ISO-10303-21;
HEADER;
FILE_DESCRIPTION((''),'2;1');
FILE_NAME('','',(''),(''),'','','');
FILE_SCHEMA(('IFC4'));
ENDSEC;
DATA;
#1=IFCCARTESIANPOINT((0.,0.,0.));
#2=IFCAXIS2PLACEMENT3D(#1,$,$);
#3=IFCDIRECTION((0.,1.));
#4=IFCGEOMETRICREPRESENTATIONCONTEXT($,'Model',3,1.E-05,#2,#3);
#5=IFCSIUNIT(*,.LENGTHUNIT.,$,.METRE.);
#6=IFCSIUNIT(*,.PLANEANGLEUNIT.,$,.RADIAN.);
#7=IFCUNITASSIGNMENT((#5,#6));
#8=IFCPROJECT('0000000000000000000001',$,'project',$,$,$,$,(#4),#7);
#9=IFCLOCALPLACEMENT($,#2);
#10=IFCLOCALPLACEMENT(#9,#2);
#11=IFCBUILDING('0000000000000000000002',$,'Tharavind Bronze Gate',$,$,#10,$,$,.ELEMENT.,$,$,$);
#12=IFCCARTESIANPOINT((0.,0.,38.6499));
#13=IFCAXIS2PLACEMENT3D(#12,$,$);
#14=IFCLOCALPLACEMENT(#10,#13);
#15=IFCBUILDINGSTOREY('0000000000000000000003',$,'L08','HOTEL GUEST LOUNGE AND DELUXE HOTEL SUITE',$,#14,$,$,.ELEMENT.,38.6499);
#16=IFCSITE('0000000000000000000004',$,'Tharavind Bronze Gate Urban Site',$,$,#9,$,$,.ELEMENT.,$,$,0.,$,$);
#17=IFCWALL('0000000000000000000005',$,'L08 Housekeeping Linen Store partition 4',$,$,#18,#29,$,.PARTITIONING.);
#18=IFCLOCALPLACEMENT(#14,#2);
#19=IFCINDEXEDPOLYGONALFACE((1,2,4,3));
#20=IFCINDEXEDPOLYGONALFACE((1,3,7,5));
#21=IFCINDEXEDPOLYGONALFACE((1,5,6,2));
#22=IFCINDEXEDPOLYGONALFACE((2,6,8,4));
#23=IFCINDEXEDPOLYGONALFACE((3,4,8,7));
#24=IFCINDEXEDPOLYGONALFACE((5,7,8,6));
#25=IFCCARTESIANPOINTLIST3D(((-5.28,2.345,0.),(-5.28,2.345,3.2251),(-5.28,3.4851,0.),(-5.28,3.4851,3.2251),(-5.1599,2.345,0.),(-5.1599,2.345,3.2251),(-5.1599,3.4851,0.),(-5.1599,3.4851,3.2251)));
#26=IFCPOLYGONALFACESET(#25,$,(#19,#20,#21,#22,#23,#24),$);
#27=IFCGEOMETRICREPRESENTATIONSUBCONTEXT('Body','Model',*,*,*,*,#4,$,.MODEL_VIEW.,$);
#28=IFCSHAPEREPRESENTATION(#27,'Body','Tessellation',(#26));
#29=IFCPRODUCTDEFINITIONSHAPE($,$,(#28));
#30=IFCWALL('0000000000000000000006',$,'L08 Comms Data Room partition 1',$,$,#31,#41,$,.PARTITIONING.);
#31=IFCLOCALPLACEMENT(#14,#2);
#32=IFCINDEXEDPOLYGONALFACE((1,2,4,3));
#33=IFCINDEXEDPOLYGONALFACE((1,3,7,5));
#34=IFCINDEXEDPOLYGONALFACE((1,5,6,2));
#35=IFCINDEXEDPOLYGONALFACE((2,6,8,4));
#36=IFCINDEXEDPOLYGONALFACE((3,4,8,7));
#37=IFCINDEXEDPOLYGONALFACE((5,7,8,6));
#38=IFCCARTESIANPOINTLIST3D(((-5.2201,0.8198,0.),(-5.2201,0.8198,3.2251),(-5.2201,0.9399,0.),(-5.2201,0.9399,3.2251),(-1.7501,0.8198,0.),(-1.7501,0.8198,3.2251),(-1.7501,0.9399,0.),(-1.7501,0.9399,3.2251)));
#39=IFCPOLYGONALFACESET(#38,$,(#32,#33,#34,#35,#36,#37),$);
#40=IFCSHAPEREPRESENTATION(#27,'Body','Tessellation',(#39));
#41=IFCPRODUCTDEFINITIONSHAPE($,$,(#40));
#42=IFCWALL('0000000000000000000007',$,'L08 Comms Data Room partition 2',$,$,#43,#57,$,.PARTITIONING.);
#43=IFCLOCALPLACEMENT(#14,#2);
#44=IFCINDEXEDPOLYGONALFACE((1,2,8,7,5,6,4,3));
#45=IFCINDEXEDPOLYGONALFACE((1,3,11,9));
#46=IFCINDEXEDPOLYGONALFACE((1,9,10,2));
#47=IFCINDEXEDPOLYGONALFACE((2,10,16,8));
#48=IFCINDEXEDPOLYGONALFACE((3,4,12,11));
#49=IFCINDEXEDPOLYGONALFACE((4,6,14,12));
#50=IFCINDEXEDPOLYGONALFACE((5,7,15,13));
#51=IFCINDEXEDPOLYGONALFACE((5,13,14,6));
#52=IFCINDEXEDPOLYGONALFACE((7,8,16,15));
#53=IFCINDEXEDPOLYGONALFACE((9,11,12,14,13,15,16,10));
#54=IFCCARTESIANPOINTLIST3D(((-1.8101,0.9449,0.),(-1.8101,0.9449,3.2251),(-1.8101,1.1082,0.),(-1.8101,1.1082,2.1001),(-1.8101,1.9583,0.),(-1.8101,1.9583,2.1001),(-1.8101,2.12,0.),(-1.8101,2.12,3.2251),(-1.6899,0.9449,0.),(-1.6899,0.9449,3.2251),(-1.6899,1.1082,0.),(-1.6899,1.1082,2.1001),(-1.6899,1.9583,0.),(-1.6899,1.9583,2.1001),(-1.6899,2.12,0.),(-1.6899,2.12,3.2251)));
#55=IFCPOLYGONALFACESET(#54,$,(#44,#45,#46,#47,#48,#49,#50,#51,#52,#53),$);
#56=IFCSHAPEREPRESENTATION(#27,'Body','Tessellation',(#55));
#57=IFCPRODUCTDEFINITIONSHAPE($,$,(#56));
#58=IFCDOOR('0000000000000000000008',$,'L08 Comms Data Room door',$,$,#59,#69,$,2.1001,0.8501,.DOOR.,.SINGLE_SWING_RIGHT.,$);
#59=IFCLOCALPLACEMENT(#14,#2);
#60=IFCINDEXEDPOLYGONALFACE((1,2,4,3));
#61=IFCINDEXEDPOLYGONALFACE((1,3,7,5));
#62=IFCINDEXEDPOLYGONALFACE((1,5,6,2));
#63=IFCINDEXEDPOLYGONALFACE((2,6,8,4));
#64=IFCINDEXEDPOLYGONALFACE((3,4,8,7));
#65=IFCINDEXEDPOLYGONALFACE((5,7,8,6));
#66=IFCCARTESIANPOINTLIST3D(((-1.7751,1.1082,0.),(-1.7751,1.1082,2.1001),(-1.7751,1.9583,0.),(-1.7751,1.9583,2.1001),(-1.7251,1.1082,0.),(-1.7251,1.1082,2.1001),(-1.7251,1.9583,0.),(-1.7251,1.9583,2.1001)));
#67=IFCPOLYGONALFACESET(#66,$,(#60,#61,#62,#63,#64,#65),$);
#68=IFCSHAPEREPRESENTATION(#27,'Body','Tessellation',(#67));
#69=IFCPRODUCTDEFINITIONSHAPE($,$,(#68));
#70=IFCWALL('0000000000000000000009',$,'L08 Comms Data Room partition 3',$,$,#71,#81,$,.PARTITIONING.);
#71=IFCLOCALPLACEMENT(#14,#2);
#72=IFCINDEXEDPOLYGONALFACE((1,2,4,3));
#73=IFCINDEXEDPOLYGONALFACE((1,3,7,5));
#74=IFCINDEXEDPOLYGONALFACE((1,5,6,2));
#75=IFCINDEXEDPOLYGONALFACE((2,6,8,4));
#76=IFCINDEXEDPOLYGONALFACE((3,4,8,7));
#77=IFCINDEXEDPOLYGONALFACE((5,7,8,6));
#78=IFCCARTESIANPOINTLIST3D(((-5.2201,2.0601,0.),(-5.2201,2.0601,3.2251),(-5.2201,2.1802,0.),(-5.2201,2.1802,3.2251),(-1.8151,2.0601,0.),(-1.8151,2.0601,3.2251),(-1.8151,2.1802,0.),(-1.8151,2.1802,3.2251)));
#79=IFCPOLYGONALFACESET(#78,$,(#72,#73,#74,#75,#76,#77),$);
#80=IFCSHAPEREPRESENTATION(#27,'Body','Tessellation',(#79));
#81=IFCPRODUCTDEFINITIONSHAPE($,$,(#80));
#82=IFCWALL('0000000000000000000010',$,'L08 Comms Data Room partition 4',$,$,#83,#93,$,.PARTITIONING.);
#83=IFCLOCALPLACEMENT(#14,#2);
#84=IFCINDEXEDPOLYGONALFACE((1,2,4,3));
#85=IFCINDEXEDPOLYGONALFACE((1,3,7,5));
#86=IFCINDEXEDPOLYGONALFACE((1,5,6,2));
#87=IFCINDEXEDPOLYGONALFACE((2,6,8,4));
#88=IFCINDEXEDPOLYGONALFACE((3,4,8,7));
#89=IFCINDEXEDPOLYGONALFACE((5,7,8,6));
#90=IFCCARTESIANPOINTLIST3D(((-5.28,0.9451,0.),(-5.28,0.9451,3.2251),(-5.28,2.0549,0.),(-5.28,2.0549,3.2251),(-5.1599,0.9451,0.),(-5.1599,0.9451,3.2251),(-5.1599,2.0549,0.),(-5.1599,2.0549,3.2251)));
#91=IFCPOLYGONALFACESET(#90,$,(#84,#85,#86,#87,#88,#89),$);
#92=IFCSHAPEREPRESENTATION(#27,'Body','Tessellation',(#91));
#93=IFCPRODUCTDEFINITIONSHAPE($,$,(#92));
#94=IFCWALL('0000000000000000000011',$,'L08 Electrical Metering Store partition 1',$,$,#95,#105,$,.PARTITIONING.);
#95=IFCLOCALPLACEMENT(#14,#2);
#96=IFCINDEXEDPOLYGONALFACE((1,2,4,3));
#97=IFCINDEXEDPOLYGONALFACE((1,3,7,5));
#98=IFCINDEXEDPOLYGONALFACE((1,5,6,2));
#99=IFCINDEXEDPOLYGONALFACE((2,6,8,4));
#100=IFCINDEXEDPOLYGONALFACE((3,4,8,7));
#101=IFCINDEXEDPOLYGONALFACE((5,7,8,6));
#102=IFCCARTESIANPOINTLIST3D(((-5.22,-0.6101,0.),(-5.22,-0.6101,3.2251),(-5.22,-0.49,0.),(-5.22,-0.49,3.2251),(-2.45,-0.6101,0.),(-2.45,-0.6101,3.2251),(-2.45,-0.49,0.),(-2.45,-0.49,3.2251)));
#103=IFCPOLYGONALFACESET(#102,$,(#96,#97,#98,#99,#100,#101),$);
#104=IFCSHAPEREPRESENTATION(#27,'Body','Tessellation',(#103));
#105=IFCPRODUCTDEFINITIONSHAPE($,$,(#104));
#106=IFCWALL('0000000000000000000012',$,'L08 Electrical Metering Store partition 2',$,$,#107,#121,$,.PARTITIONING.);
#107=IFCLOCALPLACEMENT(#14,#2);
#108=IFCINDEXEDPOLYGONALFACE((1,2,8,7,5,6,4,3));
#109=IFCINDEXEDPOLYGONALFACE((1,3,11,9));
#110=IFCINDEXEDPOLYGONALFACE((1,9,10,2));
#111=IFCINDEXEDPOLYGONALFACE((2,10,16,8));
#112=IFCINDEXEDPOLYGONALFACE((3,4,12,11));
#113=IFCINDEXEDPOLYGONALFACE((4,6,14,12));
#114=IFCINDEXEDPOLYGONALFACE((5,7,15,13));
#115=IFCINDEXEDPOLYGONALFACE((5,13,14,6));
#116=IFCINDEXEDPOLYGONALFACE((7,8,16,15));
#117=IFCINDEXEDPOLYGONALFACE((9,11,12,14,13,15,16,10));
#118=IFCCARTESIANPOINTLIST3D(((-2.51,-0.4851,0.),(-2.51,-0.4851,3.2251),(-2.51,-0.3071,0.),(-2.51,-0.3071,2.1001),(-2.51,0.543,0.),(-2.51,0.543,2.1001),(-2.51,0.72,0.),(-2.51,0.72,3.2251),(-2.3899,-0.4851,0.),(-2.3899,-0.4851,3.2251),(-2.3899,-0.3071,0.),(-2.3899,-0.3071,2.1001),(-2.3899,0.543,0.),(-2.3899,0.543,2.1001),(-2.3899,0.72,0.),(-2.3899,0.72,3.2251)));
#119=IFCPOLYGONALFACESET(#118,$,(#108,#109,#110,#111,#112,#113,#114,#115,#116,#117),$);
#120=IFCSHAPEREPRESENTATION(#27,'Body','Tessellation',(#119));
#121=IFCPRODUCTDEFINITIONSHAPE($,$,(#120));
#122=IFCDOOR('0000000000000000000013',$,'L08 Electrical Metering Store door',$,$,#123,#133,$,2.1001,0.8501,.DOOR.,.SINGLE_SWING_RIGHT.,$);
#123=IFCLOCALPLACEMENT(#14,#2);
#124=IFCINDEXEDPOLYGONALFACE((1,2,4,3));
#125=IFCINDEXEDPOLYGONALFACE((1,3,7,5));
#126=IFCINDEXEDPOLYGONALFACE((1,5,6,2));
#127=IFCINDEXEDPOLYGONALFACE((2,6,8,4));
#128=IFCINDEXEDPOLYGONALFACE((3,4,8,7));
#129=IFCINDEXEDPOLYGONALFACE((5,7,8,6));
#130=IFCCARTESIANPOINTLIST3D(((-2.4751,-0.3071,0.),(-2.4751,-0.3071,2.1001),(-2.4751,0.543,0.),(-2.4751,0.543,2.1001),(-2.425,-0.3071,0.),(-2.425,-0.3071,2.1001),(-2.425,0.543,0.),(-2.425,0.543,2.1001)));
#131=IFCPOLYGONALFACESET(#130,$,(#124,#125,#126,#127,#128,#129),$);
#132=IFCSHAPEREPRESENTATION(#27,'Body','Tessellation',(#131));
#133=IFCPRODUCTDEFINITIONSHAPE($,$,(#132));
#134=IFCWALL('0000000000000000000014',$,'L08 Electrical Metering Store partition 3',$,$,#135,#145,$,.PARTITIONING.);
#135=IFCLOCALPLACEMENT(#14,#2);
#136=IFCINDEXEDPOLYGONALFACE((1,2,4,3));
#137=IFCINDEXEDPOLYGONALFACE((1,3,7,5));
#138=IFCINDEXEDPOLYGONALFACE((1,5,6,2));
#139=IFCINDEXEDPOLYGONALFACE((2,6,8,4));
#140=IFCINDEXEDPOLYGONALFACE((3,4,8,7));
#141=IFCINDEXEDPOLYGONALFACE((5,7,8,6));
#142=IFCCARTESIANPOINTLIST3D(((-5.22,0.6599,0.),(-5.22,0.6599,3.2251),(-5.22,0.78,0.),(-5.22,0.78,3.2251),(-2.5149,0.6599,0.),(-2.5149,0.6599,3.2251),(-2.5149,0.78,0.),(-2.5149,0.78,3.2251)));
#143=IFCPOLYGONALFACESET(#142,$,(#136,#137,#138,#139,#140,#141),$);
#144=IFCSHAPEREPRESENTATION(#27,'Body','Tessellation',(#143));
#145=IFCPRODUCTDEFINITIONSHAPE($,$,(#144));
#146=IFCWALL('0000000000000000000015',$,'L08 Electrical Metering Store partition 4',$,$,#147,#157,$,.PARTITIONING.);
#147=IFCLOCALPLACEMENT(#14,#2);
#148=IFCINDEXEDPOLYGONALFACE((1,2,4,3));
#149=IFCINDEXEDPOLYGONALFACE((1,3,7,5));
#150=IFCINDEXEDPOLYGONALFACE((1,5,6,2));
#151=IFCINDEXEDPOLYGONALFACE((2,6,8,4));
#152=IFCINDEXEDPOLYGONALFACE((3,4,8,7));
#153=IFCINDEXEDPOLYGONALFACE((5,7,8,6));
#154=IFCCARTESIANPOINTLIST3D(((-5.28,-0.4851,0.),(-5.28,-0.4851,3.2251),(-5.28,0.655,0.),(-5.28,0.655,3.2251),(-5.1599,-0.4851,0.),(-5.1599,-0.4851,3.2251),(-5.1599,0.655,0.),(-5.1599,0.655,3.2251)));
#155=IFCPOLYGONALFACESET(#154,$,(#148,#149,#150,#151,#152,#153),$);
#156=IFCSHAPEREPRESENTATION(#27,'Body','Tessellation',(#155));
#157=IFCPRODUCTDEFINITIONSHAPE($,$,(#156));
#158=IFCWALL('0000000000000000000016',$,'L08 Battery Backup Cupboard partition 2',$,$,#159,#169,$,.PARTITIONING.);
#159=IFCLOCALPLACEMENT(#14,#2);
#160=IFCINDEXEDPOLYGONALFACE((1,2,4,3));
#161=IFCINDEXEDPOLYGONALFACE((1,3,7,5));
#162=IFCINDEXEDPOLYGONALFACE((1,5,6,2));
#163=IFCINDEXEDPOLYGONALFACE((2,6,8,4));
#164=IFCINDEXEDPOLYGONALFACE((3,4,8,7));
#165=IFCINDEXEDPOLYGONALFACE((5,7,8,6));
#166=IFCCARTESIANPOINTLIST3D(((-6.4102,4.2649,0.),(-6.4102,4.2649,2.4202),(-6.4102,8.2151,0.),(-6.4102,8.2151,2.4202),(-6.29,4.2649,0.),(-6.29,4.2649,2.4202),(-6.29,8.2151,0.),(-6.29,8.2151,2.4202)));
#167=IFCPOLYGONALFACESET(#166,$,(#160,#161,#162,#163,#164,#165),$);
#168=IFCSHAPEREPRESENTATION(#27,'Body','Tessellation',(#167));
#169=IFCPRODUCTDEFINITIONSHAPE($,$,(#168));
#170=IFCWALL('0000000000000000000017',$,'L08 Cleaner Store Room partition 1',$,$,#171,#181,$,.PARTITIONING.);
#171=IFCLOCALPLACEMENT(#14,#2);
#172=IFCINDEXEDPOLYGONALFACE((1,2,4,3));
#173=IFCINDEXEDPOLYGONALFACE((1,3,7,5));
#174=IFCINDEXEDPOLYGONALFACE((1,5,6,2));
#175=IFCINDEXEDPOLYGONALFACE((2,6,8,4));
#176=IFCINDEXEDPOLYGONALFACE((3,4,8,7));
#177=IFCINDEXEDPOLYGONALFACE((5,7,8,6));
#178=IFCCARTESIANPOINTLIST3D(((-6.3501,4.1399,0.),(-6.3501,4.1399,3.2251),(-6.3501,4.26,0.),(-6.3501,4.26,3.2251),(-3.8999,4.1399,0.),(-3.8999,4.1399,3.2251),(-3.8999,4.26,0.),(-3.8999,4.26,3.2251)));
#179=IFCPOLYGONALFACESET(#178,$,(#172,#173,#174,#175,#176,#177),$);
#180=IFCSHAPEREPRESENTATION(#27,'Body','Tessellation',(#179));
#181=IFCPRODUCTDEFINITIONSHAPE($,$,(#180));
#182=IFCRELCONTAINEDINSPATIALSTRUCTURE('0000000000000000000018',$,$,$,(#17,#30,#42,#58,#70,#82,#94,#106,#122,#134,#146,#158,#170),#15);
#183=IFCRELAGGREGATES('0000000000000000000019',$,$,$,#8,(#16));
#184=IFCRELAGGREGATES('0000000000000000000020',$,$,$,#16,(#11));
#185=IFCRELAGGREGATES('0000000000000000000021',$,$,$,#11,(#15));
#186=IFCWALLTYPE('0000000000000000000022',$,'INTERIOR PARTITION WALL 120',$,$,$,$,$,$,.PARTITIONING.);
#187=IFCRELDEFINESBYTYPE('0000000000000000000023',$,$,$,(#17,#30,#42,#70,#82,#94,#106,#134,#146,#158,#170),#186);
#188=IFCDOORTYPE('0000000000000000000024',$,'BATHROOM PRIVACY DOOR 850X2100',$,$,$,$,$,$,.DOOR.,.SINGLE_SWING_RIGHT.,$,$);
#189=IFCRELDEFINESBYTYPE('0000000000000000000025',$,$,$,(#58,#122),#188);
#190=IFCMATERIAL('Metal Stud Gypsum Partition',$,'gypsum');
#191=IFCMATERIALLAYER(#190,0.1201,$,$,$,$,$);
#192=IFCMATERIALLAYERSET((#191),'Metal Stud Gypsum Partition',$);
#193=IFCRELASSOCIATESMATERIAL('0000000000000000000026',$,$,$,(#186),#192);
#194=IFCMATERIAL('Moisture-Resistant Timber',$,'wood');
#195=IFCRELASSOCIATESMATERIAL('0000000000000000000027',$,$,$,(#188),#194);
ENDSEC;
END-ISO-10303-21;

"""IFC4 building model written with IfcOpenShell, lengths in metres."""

from ifc_helpers import new_model, si_unit, direction, frame, frame_2d, origin, place, context, subcontext, project, spatial, rectangle, extrude, material, layer, layer_set, type_object, element, fill, save


model = new_model("IFC4")

# Units and contexts
model_context = context("Model", 3, precision=1e-05, world=origin(), true_north=direction((0.0, 1.0)))
body_context = subcontext(model_context, "Body", "Model", "MODEL_VIEW")
ifc_project = project(units=[si_unit("LENGTHUNIT", "METRE"), si_unit("PLANEANGLEUNIT", "RADIAN")], contexts=[model_context])

# Site, building, storey
site_placement = place(None, origin())
site = spatial("IfcSite", under=ifc_project, at=site_placement, Name="Tharavind Bronze Gate Urban Site", CompositionType="ELEMENT", RefElevation=0.0)
building_placement = place(site_placement, origin())
building = spatial("IfcBuilding", under=site, at=building_placement, Name="Tharavind Bronze Gate", CompositionType="ELEMENT")
storey_placement = place(building_placement, frame((0.0, 0.0, 38.6499)))
storey = spatial("IfcBuildingStorey", under=building, at=storey_placement, Name="L08", Description="HOTEL GUEST LOUNGE AND DELUXE HOTEL SUITE", CompositionType="ELEMENT", Elevation=38.6499)

# Shared definitions
ifc_material_1 = material(Name="Metal Stud Gypsum Partition", Category="gypsum")
ifc_layer_1 = layer(ifc_material_1, 0.1201)
ifc_layer_set_1 = layer_set([ifc_layer_1], Name="Metal Stud Gypsum Partition")
wall_type_1 = type_object("IfcWallType", Name="INTERIOR PARTITION WALL 120", PredefinedType="PARTITIONING", material=ifc_layer_set_1)

# Shared definitions
ifc_material_2 = material(Name="Moisture-Resistant Timber", Category="wood")
door_type = type_object("IfcDoorType", Name="BATHROOM PRIVACY DOOR 850X2100", OperationType="SINGLE_SWING_RIGHT", PredefinedType="DOOR", material=ifc_material_2)

# Walls
wall_1_placement = place(storey_placement, frame((-5.22, 3.4851, 0.0), z_axis=(0.0, 0.0, 1.0), x_axis=(0.0, -1.0, 0.0)))
element("IfcWall", 1, at=wall_1_placement, inside=storey, type_object=wall_type_1, Name="L08 Housekeeping Linen Store partition 4", PredefinedType="PARTITIONING", context=body_context, shape_type="SweptSolid", body=[
    extrude(rectangle(XDim=1.1401, YDim=0.1201, at=frame_2d((0.5701, 0.0))), origin(), (0.0, 0.0, 1.0), 3.2251),
])
wall_2_placement = place(storey_placement, frame((-5.22, 0.8799, 0.0), z_axis=(0.0, 0.0, 1.0), x_axis=(1.0, 0.0, 0.0)))
element("IfcWall", 2, at=wall_2_placement, inside=storey, type_object=wall_type_1, Name="L08 Comms Data Room partition 1", PredefinedType="PARTITIONING", context=body_context, shape_type="SweptSolid", body=[
    extrude(rectangle(XDim=3.47, YDim=0.1201, at=frame_2d((1.7349, 0.0))), origin(), (0.0, 0.0, 1.0), 3.2251),
])

# Wall, opening, door
wall_3_placement = place(storey_placement, frame((-1.75, 0.9451, 0.0), z_axis=(0.0, 0.0, 1.0), x_axis=(0.0, 1.0, 0.0)))
wall_3 = element("IfcWall", 3, at=wall_3_placement, inside=storey, type_object=wall_type_1, Name="L08 Comms Data Room partition 2", PredefinedType="PARTITIONING", context=body_context, shape_type="SweptSolid", body=[
    extrude(rectangle(XDim=1.175, YDim=0.1201, at=frame_2d((0.5874, 0.0))), origin(), (0.0, 0.0, 1.0), 3.2251),
])
opening_1_placement = place(wall_3_placement, frame((0.1631, 0.0, 0.0)))
opening_1 = element("IfcOpeningElement", 4, at=opening_1_placement, cuts=wall_3, PredefinedType="OPENING", context=body_context, shape_type="SweptSolid", body=[
    extrude(rectangle(XDim=0.8501, YDim=2.1001, at=frame_2d((0.425, 1.05))), frame((0.0, 0.0701, 0.0), z_axis=(0.0, -1.0, 0.0), x_axis=(1.0, 0.0, 0.0)), (0.0, 0.0, 1.0), 0.1401),
])
door_1_placement = place(opening_1_placement, frame((0.8501, 0.0, 0.0), z_axis=(0.0, 0.0, 1.0), x_axis=(-1.0, 0.0, 0.0)))
door_1 = element("IfcDoor", 5, at=door_1_placement, inside=storey, type_object=door_type, Name="L08 Comms Data Room door", OperationType="SINGLE_SWING_RIGHT", OverallHeight=2.1001, OverallWidth=0.8501, PredefinedType="DOOR", context=body_context, shape_type="SweptSolid", body=[
    extrude(rectangle(XDim=0.8501, YDim=2.1001, at=frame_2d((0.425, 1.05))), frame((0.0, 0.0249, 0.0), z_axis=(0.0, -1.0, 0.0), x_axis=(1.0, 0.0, 0.0)), (0.0, 0.0, 1.0), 0.05),
])
fill(opening_1, door_1)

# Walls
wall_4_placement = place(storey_placement, frame((-1.8149, 2.1201, 0.0), z_axis=(0.0, 0.0, 1.0), x_axis=(-1.0, 0.0, 0.0)))
element("IfcWall", 6, at=wall_4_placement, inside=storey, type_object=wall_type_1, Name="L08 Comms Data Room partition 3", PredefinedType="PARTITIONING", context=body_context, shape_type="SweptSolid", body=[
    extrude(rectangle(XDim=3.405, YDim=0.1201, at=frame_2d((1.7026, 0.0))), origin(), (0.0, 0.0, 1.0), 3.2251),
])
wall_5_placement = place(storey_placement, frame((-5.22, 2.0549, 0.0), z_axis=(0.0, 0.0, 1.0), x_axis=(0.0, -1.0, 0.0)))
element("IfcWall", 7, at=wall_5_placement, inside=storey, type_object=wall_type_1, Name="L08 Comms Data Room partition 4", PredefinedType="PARTITIONING", context=body_context, shape_type="SweptSolid", body=[
    extrude(rectangle(XDim=1.1099, YDim=0.1201, at=frame_2d((0.5549, 0.0))), origin(), (0.0, 0.0, 1.0), 3.2251),
])
wall_6_placement = place(storey_placement, frame((-5.22, -0.55, 0.0), z_axis=(0.0, 0.0, 1.0), x_axis=(1.0, 0.0, 0.0)))
element("IfcWall", 8, at=wall_6_placement, inside=storey, type_object=wall_type_1, Name="L08 Electrical Metering Store partition 1", PredefinedType="PARTITIONING", context=body_context, shape_type="SweptSolid", body=[
    extrude(rectangle(XDim=2.77, YDim=0.1201, at=frame_2d((1.385, 0.0))), origin(), (0.0, 0.0, 1.0), 3.2251),
])

# Wall, opening, door
wall_7_placement = place(storey_placement, frame((-2.45, -0.4851, 0.0), z_axis=(0.0, 0.0, 1.0), x_axis=(0.0, 1.0, 0.0)))
wall_7 = element("IfcWall", 9, at=wall_7_placement, inside=storey, type_object=wall_type_1, Name="L08 Electrical Metering Store partition 2", PredefinedType="PARTITIONING", context=body_context, shape_type="SweptSolid", body=[
    extrude(rectangle(XDim=1.2051, YDim=0.1201, at=frame_2d((0.6025, 0.0))), origin(), (0.0, 0.0, 1.0), 3.2251),
])
opening_2_placement = place(wall_7_placement, frame((0.178, 0.0, 0.0)))
opening_2 = element("IfcOpeningElement", 10, at=opening_2_placement, cuts=wall_7, PredefinedType="OPENING", context=body_context, shape_type="SweptSolid", body=[
    extrude(rectangle(XDim=0.8501, YDim=2.1001, at=frame_2d((0.425, 1.05))), frame((0.0, 0.0701, 0.0), z_axis=(0.0, -1.0, 0.0), x_axis=(1.0, 0.0, 0.0)), (0.0, 0.0, 1.0), 0.1401),
])
door_2_placement = place(opening_2_placement, frame((0.8501, 0.0, 0.0), z_axis=(0.0, 0.0, 1.0), x_axis=(-1.0, 0.0, 0.0)))
door_2 = element("IfcDoor", 11, at=door_2_placement, inside=storey, type_object=door_type, Name="L08 Electrical Metering Store door", OperationType="SINGLE_SWING_RIGHT", OverallHeight=2.1001, OverallWidth=0.8501, PredefinedType="DOOR", context=body_context, shape_type="SweptSolid", body=[
    extrude(rectangle(XDim=0.8501, YDim=2.1001, at=frame_2d((0.425, 1.05))), frame((0.0, 0.0249, 0.0), z_axis=(0.0, -1.0, 0.0), x_axis=(1.0, 0.0, 0.0)), (0.0, 0.0, 1.0), 0.05),
])
fill(opening_2, door_2)

# Walls
wall_8_placement = place(storey_placement, frame((-2.5149, 0.72, 0.0), z_axis=(0.0, 0.0, 1.0), x_axis=(-1.0, 0.0, 0.0)))
element("IfcWall", 12, at=wall_8_placement, inside=storey, type_object=wall_type_1, Name="L08 Electrical Metering Store partition 3", PredefinedType="PARTITIONING", context=body_context, shape_type="SweptSolid", body=[
    extrude(rectangle(XDim=2.7051, YDim=0.1201, at=frame_2d((1.3525, 0.0))), origin(), (0.0, 0.0, 1.0), 3.2251),
])
wall_9_placement = place(storey_placement, frame((-5.22, 0.655, 0.0), z_axis=(0.0, 0.0, 1.0), x_axis=(0.0, -1.0, 0.0)))
element("IfcWall", 13, at=wall_9_placement, inside=storey, type_object=wall_type_1, Name="L08 Electrical Metering Store partition 4", PredefinedType="PARTITIONING", context=body_context, shape_type="SweptSolid", body=[
    extrude(rectangle(XDim=1.1401, YDim=0.1201, at=frame_2d((0.5701, 0.0))), origin(), (0.0, 0.0, 1.0), 3.2251),
])
wall_10_placement = place(storey_placement, frame((-6.3501, 4.2649, 0.0), z_axis=(0.0, 0.0, 1.0), x_axis=(0.0, 1.0, 0.0)))
element("IfcWall", 14, at=wall_10_placement, inside=storey, type_object=wall_type_1, Name="L08 Battery Backup Cupboard partition 2", PredefinedType="PARTITIONING", context=body_context, shape_type="SweptSolid", body=[
    extrude(rectangle(XDim=3.9502, YDim=0.1201, at=frame_2d((1.9751, 0.0))), origin(), (0.0, 0.0, 1.0), 2.4202),
])
wall_11_placement = place(storey_placement, frame((-6.3501, 4.2, 0.0), z_axis=(0.0, 0.0, 1.0), x_axis=(1.0, 0.0, 0.0)))
element("IfcWall", 15, at=wall_11_placement, inside=storey, type_object=wall_type_1, Name="L08 Cleaner Store Room partition 1", PredefinedType="PARTITIONING", context=body_context, shape_type="SweptSolid", body=[
    extrude(rectangle(XDim=2.4502, YDim=0.1201, at=frame_2d((1.2251, 0.0))), origin(), (0.0, 0.0, 1.0), 3.2251),
])

save(model, "model.ifc")
